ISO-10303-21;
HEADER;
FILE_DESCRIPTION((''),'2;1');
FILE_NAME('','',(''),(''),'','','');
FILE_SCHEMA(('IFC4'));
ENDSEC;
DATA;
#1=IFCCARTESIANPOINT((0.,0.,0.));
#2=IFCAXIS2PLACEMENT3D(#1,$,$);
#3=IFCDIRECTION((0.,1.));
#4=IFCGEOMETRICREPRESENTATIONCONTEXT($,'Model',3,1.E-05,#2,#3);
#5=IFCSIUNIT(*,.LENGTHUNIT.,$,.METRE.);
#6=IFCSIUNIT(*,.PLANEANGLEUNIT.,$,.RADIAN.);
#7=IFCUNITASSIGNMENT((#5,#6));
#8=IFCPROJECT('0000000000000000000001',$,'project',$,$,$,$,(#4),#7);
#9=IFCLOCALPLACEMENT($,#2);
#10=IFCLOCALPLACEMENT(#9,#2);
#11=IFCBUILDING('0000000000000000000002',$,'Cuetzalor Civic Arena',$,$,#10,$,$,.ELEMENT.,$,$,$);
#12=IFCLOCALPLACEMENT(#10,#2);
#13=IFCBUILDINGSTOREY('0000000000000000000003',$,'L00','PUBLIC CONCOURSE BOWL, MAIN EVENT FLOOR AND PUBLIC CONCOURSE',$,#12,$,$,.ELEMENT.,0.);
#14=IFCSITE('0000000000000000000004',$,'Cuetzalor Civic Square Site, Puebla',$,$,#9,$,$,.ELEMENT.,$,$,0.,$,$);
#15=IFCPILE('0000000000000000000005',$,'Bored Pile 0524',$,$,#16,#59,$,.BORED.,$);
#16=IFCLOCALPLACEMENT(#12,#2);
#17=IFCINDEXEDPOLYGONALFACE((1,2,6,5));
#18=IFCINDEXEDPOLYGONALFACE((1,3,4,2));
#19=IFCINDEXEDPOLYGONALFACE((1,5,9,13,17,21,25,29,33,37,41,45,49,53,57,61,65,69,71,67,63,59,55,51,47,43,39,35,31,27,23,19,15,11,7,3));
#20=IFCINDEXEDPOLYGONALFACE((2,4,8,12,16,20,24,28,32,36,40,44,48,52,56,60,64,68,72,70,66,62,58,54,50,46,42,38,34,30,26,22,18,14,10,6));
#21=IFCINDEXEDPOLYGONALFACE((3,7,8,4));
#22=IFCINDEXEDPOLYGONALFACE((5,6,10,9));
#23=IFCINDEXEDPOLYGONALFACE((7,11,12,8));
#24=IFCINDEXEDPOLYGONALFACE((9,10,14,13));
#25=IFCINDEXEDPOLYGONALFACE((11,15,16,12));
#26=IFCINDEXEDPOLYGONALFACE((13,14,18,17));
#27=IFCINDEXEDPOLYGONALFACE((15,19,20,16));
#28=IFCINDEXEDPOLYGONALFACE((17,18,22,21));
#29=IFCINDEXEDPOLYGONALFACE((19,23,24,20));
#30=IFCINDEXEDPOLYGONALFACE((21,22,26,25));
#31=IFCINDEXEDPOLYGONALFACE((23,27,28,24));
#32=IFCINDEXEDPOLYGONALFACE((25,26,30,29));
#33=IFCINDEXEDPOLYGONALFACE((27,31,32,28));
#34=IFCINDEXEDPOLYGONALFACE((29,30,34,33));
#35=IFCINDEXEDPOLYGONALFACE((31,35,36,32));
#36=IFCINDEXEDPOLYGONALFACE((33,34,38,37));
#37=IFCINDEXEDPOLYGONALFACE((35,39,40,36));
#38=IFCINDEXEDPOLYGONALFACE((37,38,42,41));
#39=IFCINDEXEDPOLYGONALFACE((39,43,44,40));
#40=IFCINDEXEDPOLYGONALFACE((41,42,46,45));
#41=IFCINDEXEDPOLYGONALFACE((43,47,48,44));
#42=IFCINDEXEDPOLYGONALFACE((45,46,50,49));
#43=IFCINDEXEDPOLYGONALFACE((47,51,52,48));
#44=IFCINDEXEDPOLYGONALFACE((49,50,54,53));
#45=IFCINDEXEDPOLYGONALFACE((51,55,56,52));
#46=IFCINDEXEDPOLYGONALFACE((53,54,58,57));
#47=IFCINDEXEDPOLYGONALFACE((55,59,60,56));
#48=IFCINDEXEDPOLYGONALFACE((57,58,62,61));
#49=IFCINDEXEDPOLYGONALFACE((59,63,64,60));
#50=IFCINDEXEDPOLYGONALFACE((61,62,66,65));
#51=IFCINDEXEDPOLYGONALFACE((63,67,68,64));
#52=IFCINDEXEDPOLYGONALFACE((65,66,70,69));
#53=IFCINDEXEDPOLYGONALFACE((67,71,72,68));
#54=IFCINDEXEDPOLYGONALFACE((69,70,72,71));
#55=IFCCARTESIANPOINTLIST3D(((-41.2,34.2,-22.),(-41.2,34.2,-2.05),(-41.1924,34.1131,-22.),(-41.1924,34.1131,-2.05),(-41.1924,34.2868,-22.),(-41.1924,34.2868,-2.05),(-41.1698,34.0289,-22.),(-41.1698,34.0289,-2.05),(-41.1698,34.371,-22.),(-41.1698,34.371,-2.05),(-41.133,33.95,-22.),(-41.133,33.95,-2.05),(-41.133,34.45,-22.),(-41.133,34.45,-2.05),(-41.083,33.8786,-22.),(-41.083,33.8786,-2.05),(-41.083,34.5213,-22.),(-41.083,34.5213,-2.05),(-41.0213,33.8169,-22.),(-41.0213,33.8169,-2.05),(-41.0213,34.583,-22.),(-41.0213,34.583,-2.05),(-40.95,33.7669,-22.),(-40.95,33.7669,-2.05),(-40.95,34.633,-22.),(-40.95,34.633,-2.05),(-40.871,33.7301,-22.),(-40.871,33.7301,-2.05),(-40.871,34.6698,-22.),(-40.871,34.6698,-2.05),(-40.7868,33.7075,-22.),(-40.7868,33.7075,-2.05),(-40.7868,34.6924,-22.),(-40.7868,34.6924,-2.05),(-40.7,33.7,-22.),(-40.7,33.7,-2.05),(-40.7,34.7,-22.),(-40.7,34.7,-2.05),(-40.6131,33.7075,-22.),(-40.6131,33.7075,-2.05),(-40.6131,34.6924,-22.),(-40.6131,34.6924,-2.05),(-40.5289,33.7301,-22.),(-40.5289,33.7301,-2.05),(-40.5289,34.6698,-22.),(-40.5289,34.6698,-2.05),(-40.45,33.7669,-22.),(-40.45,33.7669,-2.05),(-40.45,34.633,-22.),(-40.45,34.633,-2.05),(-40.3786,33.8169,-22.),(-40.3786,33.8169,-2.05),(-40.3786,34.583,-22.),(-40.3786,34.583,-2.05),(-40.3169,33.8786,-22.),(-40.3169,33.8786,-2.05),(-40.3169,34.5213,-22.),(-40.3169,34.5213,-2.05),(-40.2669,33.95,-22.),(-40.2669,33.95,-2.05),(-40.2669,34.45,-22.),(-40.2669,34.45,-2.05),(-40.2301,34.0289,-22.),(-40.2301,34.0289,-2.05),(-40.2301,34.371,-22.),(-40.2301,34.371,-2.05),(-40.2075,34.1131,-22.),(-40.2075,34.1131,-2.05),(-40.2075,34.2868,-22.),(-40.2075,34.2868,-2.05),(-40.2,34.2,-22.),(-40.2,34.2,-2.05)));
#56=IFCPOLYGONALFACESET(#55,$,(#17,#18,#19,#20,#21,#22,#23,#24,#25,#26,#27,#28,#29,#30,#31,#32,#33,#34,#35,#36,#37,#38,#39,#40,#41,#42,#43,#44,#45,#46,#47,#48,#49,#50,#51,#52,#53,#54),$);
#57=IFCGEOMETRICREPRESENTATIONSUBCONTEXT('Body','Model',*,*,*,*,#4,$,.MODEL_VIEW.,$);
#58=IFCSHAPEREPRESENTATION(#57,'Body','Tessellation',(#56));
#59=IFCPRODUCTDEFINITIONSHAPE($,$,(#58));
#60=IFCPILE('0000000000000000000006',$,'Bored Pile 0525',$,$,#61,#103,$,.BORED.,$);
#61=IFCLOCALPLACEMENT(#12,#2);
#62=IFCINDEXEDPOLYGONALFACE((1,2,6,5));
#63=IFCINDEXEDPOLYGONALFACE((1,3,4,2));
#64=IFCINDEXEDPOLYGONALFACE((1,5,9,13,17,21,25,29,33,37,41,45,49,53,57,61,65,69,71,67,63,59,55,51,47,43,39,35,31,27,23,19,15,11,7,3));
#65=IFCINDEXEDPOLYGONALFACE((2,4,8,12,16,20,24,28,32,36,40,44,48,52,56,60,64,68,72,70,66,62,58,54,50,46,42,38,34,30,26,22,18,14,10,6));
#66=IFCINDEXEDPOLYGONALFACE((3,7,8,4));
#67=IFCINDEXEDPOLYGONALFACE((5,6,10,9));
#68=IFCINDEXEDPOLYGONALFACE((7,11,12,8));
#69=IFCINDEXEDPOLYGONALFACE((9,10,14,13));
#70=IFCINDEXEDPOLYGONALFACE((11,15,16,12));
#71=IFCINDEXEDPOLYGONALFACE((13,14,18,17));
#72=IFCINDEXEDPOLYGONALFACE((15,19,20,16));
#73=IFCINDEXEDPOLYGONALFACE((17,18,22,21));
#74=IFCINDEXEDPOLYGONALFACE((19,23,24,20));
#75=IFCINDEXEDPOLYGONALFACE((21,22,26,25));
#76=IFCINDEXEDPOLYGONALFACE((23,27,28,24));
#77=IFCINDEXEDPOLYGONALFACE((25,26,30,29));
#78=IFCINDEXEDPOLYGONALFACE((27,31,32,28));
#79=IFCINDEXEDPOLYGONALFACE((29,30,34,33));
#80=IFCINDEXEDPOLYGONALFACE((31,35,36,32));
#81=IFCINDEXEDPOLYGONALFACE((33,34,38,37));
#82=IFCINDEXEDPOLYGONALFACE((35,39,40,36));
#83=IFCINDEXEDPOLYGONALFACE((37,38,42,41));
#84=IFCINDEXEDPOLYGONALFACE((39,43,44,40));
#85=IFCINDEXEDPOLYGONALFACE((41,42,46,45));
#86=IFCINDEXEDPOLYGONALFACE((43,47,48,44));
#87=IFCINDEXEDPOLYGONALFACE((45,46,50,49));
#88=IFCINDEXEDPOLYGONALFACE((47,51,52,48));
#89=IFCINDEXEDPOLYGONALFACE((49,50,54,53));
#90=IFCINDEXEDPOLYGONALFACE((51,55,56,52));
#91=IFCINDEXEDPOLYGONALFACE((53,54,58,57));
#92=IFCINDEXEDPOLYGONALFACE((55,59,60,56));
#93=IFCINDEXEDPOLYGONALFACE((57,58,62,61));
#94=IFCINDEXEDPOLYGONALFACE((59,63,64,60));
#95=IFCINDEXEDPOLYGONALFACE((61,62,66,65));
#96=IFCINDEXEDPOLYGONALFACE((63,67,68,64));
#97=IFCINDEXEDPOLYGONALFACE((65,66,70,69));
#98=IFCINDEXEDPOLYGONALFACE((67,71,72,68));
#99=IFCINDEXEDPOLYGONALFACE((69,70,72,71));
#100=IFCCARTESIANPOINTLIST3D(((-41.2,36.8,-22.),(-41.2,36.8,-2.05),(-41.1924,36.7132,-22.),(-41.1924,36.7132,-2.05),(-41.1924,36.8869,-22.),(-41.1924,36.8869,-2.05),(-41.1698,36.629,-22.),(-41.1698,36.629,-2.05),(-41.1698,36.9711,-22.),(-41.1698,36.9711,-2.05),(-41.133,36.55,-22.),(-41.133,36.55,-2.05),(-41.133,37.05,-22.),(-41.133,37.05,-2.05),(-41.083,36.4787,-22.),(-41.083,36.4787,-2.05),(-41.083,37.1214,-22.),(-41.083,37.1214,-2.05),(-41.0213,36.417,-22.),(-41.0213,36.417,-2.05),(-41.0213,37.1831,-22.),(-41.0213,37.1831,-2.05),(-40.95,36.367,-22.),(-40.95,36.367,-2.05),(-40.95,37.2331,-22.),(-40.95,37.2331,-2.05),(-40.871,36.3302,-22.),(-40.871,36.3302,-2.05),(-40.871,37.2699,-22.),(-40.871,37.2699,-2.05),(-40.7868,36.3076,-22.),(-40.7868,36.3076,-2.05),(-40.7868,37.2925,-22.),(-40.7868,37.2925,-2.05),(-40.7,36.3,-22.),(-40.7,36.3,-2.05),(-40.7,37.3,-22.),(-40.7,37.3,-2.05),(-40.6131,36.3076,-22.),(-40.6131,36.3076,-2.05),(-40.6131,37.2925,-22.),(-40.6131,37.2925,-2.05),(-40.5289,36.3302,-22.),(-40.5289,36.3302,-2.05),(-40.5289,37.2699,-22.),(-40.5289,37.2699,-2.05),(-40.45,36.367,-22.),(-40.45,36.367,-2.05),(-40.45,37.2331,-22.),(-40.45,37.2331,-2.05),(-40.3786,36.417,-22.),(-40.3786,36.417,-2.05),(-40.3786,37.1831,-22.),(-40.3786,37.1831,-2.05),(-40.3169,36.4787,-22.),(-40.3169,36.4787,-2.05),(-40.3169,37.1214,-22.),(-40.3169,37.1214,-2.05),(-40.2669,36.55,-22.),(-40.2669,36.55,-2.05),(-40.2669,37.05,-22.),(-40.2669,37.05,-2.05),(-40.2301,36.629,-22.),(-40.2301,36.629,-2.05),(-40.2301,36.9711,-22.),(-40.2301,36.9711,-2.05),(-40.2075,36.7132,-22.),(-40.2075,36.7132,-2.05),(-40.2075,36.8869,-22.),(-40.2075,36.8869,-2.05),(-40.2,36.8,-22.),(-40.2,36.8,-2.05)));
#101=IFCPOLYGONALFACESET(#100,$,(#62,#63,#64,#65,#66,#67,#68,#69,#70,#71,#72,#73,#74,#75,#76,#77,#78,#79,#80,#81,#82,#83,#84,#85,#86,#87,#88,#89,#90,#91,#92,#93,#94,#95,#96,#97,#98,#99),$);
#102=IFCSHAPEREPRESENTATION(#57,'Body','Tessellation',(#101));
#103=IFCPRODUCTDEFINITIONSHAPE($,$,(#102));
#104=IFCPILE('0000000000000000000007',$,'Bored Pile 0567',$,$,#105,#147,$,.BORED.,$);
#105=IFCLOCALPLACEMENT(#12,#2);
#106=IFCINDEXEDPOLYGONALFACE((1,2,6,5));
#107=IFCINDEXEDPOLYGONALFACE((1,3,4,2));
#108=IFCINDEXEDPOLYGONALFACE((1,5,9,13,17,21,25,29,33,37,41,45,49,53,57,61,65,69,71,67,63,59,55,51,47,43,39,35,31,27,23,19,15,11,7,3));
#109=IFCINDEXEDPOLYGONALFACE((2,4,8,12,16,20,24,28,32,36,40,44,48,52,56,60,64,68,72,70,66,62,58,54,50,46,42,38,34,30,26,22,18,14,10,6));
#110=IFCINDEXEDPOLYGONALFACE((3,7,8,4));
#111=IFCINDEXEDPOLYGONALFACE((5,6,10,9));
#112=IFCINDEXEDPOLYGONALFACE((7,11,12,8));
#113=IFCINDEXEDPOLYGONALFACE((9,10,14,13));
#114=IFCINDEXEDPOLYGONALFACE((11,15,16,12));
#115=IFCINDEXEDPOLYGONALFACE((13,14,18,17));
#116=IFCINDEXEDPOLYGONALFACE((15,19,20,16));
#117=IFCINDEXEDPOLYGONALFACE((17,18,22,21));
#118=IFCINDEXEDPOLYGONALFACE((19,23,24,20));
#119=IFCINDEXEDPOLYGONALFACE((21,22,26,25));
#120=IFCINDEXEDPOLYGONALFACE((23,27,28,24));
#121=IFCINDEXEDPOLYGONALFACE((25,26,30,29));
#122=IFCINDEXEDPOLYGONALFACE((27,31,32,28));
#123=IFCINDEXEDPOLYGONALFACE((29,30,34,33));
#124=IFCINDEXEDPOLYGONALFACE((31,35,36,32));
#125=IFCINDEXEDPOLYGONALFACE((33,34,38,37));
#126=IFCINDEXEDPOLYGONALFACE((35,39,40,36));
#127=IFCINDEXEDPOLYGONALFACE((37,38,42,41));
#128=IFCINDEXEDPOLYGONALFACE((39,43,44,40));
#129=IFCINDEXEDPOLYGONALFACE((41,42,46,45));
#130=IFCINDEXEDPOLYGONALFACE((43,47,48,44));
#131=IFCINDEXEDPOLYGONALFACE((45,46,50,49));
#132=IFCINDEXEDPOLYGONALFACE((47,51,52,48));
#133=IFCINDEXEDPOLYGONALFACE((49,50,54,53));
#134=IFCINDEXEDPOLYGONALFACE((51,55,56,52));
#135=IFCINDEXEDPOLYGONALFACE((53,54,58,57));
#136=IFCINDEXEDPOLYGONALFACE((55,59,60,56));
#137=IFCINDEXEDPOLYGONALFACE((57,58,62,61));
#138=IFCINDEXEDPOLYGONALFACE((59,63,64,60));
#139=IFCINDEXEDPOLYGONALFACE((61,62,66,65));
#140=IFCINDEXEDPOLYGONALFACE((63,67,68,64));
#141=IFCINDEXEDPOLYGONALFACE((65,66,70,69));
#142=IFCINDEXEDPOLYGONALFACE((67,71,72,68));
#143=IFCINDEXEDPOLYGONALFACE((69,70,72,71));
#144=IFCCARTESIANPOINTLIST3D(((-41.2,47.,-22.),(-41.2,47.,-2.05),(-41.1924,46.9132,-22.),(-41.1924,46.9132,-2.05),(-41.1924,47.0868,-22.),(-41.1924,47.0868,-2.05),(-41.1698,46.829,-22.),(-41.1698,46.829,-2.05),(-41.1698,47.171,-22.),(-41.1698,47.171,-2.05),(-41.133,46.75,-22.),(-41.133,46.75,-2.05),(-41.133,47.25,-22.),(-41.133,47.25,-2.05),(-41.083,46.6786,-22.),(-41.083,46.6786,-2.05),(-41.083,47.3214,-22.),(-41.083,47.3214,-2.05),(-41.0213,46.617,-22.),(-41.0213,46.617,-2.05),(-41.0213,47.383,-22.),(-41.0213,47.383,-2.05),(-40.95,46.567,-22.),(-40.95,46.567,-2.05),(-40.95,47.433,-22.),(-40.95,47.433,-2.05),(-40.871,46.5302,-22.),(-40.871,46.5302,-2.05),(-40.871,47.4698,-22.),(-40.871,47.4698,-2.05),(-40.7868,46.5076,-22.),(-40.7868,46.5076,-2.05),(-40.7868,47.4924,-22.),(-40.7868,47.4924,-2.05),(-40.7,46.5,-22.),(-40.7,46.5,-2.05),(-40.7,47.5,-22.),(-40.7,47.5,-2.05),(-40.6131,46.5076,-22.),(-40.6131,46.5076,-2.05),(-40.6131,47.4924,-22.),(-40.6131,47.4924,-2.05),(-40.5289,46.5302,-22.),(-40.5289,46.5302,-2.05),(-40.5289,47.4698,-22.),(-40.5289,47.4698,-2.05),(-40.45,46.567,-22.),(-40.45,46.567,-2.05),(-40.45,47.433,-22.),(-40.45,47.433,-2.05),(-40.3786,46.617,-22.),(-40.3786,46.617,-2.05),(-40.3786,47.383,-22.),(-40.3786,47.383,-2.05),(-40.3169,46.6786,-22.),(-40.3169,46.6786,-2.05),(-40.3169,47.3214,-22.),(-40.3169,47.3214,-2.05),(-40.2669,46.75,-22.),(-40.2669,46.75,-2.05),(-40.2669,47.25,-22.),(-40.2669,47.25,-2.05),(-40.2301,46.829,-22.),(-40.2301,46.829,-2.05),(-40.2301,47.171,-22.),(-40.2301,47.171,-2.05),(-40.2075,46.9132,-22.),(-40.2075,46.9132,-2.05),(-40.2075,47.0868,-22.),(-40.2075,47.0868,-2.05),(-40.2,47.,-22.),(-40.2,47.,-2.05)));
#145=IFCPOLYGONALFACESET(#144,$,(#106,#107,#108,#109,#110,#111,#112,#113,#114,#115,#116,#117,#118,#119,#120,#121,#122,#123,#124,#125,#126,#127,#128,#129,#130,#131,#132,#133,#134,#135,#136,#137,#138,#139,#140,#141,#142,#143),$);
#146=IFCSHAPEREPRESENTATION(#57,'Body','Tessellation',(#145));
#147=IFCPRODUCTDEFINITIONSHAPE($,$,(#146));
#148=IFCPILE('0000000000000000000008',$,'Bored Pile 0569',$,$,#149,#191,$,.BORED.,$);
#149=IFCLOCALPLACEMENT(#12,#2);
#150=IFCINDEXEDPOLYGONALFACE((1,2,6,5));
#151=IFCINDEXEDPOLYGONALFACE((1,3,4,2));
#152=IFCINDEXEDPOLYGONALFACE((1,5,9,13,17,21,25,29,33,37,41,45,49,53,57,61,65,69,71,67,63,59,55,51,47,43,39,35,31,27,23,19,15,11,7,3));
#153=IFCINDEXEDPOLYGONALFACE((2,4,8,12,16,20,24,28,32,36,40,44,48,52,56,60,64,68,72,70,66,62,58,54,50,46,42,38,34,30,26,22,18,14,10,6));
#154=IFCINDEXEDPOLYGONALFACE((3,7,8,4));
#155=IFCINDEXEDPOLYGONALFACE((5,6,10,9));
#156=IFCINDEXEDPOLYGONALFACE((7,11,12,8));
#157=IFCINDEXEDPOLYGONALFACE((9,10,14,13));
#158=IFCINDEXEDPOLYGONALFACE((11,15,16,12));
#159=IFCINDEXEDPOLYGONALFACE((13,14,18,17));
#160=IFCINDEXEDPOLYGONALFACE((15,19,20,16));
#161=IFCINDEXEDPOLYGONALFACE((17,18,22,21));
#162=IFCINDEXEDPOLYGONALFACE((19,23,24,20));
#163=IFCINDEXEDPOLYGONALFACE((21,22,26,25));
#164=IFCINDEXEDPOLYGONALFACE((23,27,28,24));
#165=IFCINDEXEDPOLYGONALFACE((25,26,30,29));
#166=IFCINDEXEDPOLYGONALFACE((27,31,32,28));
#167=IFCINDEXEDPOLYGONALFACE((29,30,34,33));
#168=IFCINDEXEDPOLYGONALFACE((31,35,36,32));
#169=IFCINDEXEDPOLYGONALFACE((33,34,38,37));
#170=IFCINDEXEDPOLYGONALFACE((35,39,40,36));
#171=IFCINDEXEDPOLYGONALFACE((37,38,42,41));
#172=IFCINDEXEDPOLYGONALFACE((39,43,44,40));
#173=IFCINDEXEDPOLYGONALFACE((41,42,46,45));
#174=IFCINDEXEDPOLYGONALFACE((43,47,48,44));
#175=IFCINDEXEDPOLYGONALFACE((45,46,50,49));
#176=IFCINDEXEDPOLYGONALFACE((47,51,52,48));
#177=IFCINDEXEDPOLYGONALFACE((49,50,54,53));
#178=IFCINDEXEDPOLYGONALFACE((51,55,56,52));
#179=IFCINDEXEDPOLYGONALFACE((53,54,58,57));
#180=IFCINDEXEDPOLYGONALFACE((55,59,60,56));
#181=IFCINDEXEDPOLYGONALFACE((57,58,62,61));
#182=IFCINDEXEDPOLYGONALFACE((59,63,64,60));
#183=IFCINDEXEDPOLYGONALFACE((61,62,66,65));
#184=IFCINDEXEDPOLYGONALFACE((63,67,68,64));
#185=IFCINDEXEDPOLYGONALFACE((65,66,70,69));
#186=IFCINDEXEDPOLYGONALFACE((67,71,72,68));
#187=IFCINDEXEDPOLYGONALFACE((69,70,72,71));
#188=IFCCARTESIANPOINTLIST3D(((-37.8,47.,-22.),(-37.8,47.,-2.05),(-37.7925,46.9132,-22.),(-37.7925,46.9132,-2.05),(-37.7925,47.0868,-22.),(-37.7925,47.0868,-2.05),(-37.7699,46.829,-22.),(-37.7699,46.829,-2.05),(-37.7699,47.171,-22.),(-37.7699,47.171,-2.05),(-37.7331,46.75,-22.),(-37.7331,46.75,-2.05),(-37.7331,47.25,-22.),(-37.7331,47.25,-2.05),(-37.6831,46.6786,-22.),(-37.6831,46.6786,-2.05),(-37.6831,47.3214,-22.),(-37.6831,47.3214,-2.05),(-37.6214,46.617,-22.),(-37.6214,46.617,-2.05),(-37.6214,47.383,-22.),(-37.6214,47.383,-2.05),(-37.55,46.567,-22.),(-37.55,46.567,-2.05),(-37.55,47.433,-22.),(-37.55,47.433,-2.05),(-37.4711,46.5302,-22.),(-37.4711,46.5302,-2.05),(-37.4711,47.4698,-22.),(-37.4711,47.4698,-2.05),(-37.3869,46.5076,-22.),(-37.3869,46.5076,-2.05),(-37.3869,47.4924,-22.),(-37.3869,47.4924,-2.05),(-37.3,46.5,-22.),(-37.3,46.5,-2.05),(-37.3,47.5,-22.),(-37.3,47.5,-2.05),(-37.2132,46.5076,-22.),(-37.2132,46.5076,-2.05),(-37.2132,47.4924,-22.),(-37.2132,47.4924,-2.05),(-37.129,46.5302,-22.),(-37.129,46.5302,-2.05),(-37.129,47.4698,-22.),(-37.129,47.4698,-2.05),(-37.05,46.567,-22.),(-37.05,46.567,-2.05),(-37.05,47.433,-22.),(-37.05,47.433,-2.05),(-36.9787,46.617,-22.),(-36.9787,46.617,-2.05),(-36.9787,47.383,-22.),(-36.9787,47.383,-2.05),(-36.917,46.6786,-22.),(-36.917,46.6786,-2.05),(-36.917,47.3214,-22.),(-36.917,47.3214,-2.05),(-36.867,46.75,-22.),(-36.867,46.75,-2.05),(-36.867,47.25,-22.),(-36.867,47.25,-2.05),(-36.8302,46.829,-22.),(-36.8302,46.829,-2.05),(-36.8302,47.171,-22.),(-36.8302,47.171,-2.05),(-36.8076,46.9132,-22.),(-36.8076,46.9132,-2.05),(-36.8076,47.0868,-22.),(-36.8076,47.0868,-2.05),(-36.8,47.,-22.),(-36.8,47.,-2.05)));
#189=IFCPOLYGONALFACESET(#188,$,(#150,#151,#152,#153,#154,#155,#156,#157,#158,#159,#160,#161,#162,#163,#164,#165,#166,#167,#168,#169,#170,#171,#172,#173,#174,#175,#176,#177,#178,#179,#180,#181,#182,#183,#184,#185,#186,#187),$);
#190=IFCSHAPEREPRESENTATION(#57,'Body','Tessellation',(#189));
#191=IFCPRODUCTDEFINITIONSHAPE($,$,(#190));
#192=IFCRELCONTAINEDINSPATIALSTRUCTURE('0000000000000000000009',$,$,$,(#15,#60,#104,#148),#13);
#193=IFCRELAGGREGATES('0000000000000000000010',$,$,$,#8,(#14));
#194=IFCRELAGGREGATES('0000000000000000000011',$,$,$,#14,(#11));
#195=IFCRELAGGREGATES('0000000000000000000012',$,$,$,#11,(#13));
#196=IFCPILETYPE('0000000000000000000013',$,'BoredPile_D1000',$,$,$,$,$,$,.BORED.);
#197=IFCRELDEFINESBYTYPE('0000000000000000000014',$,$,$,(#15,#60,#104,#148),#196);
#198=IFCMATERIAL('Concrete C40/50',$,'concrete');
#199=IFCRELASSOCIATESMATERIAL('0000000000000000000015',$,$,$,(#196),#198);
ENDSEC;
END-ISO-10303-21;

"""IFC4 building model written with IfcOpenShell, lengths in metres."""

from ifc_helpers import new_model, si_unit, direction, frame, origin, origin_2d, place, context, subcontext, project, spatial, circle, extrude, material, material_profile, profile_set, type_object, element, save


model = new_model("IFC4")

# Units and contexts
model_context = context("Model", 3, precision=1e-05, world=origin(), true_north=direction((0.0, 1.0)))
body_context = subcontext(model_context, "Body", "Model", "MODEL_VIEW")
ifc_project = project(units=[si_unit("LENGTHUNIT", "METRE"), si_unit("PLANEANGLEUNIT", "RADIAN")], contexts=[model_context])

# Site, building, storey
site_placement = place(None, origin())
site = spatial("IfcSite", under=ifc_project, at=site_placement, Name="Cuetzalor Civic Square Site, Puebla", CompositionType="ELEMENT", RefElevation=0.0)
building_placement = place(site_placement, origin())
building = spatial("IfcBuilding", under=site, at=building_placement, Name="Cuetzalor Civic Arena", CompositionType="ELEMENT")
storey_placement = place(building_placement, origin())
storey = spatial("IfcBuildingStorey", under=building, at=storey_placement, Name="L00", Description="PUBLIC CONCOURSE BOWL, MAIN EVENT FLOOR AND PUBLIC CONCOURSE", CompositionType="ELEMENT", Elevation=0.0)

# Piles
ifc_material_1 = material(Name="Concrete C40/50", Category="concrete")
ifc_material_profile_1 = material_profile(ifc_material_1, circle(Radius=0.5, at=origin_2d()), Name="BORED PILE D1000")
ifc_profile_set_1 = profile_set([ifc_material_profile_1], Name="Concrete C40/50")
pile_type_1 = type_object("IfcPileType", Name="BoredPile_D1000", PredefinedType="BORED", material=ifc_profile_set_1)
for number, where, z_axis, x_axis, name in (
    (1, (-40.7, 34.2, -2.05), (0.0, 0.0, -1.0), (1.0, 0.0, 0.0), "Bored Pile 0524"),
    (2, (-40.7, 36.8, -2.05), (0.0, 0.0, -1.0), (1.0, 0.0, 0.0), "Bored Pile 0525"),
    (3, (-40.7, 47.0, -2.05), (0.0, 0.0, -1.0), (1.0, 0.0, 0.0), "Bored Pile 0567"),
    (4, (-37.3, 47.0, -2.05), (0.0, 0.0, -1.0), (1.0, 0.0, 0.0), "Bored Pile 0569"),
):
    element("IfcPile", number, at=place(storey_placement, frame(where, z_axis=z_axis, x_axis=x_axis)), inside=storey, type_object=pile_type_1, Name=name, PredefinedType="BORED", context=body_context, shape_type="SweptSolid", body=[
        extrude(circle(Radius=0.5, at=origin_2d()), origin(), (0.0, 0.0, 1.0), 19.95),
    ])

save(model, "model.ifc")
